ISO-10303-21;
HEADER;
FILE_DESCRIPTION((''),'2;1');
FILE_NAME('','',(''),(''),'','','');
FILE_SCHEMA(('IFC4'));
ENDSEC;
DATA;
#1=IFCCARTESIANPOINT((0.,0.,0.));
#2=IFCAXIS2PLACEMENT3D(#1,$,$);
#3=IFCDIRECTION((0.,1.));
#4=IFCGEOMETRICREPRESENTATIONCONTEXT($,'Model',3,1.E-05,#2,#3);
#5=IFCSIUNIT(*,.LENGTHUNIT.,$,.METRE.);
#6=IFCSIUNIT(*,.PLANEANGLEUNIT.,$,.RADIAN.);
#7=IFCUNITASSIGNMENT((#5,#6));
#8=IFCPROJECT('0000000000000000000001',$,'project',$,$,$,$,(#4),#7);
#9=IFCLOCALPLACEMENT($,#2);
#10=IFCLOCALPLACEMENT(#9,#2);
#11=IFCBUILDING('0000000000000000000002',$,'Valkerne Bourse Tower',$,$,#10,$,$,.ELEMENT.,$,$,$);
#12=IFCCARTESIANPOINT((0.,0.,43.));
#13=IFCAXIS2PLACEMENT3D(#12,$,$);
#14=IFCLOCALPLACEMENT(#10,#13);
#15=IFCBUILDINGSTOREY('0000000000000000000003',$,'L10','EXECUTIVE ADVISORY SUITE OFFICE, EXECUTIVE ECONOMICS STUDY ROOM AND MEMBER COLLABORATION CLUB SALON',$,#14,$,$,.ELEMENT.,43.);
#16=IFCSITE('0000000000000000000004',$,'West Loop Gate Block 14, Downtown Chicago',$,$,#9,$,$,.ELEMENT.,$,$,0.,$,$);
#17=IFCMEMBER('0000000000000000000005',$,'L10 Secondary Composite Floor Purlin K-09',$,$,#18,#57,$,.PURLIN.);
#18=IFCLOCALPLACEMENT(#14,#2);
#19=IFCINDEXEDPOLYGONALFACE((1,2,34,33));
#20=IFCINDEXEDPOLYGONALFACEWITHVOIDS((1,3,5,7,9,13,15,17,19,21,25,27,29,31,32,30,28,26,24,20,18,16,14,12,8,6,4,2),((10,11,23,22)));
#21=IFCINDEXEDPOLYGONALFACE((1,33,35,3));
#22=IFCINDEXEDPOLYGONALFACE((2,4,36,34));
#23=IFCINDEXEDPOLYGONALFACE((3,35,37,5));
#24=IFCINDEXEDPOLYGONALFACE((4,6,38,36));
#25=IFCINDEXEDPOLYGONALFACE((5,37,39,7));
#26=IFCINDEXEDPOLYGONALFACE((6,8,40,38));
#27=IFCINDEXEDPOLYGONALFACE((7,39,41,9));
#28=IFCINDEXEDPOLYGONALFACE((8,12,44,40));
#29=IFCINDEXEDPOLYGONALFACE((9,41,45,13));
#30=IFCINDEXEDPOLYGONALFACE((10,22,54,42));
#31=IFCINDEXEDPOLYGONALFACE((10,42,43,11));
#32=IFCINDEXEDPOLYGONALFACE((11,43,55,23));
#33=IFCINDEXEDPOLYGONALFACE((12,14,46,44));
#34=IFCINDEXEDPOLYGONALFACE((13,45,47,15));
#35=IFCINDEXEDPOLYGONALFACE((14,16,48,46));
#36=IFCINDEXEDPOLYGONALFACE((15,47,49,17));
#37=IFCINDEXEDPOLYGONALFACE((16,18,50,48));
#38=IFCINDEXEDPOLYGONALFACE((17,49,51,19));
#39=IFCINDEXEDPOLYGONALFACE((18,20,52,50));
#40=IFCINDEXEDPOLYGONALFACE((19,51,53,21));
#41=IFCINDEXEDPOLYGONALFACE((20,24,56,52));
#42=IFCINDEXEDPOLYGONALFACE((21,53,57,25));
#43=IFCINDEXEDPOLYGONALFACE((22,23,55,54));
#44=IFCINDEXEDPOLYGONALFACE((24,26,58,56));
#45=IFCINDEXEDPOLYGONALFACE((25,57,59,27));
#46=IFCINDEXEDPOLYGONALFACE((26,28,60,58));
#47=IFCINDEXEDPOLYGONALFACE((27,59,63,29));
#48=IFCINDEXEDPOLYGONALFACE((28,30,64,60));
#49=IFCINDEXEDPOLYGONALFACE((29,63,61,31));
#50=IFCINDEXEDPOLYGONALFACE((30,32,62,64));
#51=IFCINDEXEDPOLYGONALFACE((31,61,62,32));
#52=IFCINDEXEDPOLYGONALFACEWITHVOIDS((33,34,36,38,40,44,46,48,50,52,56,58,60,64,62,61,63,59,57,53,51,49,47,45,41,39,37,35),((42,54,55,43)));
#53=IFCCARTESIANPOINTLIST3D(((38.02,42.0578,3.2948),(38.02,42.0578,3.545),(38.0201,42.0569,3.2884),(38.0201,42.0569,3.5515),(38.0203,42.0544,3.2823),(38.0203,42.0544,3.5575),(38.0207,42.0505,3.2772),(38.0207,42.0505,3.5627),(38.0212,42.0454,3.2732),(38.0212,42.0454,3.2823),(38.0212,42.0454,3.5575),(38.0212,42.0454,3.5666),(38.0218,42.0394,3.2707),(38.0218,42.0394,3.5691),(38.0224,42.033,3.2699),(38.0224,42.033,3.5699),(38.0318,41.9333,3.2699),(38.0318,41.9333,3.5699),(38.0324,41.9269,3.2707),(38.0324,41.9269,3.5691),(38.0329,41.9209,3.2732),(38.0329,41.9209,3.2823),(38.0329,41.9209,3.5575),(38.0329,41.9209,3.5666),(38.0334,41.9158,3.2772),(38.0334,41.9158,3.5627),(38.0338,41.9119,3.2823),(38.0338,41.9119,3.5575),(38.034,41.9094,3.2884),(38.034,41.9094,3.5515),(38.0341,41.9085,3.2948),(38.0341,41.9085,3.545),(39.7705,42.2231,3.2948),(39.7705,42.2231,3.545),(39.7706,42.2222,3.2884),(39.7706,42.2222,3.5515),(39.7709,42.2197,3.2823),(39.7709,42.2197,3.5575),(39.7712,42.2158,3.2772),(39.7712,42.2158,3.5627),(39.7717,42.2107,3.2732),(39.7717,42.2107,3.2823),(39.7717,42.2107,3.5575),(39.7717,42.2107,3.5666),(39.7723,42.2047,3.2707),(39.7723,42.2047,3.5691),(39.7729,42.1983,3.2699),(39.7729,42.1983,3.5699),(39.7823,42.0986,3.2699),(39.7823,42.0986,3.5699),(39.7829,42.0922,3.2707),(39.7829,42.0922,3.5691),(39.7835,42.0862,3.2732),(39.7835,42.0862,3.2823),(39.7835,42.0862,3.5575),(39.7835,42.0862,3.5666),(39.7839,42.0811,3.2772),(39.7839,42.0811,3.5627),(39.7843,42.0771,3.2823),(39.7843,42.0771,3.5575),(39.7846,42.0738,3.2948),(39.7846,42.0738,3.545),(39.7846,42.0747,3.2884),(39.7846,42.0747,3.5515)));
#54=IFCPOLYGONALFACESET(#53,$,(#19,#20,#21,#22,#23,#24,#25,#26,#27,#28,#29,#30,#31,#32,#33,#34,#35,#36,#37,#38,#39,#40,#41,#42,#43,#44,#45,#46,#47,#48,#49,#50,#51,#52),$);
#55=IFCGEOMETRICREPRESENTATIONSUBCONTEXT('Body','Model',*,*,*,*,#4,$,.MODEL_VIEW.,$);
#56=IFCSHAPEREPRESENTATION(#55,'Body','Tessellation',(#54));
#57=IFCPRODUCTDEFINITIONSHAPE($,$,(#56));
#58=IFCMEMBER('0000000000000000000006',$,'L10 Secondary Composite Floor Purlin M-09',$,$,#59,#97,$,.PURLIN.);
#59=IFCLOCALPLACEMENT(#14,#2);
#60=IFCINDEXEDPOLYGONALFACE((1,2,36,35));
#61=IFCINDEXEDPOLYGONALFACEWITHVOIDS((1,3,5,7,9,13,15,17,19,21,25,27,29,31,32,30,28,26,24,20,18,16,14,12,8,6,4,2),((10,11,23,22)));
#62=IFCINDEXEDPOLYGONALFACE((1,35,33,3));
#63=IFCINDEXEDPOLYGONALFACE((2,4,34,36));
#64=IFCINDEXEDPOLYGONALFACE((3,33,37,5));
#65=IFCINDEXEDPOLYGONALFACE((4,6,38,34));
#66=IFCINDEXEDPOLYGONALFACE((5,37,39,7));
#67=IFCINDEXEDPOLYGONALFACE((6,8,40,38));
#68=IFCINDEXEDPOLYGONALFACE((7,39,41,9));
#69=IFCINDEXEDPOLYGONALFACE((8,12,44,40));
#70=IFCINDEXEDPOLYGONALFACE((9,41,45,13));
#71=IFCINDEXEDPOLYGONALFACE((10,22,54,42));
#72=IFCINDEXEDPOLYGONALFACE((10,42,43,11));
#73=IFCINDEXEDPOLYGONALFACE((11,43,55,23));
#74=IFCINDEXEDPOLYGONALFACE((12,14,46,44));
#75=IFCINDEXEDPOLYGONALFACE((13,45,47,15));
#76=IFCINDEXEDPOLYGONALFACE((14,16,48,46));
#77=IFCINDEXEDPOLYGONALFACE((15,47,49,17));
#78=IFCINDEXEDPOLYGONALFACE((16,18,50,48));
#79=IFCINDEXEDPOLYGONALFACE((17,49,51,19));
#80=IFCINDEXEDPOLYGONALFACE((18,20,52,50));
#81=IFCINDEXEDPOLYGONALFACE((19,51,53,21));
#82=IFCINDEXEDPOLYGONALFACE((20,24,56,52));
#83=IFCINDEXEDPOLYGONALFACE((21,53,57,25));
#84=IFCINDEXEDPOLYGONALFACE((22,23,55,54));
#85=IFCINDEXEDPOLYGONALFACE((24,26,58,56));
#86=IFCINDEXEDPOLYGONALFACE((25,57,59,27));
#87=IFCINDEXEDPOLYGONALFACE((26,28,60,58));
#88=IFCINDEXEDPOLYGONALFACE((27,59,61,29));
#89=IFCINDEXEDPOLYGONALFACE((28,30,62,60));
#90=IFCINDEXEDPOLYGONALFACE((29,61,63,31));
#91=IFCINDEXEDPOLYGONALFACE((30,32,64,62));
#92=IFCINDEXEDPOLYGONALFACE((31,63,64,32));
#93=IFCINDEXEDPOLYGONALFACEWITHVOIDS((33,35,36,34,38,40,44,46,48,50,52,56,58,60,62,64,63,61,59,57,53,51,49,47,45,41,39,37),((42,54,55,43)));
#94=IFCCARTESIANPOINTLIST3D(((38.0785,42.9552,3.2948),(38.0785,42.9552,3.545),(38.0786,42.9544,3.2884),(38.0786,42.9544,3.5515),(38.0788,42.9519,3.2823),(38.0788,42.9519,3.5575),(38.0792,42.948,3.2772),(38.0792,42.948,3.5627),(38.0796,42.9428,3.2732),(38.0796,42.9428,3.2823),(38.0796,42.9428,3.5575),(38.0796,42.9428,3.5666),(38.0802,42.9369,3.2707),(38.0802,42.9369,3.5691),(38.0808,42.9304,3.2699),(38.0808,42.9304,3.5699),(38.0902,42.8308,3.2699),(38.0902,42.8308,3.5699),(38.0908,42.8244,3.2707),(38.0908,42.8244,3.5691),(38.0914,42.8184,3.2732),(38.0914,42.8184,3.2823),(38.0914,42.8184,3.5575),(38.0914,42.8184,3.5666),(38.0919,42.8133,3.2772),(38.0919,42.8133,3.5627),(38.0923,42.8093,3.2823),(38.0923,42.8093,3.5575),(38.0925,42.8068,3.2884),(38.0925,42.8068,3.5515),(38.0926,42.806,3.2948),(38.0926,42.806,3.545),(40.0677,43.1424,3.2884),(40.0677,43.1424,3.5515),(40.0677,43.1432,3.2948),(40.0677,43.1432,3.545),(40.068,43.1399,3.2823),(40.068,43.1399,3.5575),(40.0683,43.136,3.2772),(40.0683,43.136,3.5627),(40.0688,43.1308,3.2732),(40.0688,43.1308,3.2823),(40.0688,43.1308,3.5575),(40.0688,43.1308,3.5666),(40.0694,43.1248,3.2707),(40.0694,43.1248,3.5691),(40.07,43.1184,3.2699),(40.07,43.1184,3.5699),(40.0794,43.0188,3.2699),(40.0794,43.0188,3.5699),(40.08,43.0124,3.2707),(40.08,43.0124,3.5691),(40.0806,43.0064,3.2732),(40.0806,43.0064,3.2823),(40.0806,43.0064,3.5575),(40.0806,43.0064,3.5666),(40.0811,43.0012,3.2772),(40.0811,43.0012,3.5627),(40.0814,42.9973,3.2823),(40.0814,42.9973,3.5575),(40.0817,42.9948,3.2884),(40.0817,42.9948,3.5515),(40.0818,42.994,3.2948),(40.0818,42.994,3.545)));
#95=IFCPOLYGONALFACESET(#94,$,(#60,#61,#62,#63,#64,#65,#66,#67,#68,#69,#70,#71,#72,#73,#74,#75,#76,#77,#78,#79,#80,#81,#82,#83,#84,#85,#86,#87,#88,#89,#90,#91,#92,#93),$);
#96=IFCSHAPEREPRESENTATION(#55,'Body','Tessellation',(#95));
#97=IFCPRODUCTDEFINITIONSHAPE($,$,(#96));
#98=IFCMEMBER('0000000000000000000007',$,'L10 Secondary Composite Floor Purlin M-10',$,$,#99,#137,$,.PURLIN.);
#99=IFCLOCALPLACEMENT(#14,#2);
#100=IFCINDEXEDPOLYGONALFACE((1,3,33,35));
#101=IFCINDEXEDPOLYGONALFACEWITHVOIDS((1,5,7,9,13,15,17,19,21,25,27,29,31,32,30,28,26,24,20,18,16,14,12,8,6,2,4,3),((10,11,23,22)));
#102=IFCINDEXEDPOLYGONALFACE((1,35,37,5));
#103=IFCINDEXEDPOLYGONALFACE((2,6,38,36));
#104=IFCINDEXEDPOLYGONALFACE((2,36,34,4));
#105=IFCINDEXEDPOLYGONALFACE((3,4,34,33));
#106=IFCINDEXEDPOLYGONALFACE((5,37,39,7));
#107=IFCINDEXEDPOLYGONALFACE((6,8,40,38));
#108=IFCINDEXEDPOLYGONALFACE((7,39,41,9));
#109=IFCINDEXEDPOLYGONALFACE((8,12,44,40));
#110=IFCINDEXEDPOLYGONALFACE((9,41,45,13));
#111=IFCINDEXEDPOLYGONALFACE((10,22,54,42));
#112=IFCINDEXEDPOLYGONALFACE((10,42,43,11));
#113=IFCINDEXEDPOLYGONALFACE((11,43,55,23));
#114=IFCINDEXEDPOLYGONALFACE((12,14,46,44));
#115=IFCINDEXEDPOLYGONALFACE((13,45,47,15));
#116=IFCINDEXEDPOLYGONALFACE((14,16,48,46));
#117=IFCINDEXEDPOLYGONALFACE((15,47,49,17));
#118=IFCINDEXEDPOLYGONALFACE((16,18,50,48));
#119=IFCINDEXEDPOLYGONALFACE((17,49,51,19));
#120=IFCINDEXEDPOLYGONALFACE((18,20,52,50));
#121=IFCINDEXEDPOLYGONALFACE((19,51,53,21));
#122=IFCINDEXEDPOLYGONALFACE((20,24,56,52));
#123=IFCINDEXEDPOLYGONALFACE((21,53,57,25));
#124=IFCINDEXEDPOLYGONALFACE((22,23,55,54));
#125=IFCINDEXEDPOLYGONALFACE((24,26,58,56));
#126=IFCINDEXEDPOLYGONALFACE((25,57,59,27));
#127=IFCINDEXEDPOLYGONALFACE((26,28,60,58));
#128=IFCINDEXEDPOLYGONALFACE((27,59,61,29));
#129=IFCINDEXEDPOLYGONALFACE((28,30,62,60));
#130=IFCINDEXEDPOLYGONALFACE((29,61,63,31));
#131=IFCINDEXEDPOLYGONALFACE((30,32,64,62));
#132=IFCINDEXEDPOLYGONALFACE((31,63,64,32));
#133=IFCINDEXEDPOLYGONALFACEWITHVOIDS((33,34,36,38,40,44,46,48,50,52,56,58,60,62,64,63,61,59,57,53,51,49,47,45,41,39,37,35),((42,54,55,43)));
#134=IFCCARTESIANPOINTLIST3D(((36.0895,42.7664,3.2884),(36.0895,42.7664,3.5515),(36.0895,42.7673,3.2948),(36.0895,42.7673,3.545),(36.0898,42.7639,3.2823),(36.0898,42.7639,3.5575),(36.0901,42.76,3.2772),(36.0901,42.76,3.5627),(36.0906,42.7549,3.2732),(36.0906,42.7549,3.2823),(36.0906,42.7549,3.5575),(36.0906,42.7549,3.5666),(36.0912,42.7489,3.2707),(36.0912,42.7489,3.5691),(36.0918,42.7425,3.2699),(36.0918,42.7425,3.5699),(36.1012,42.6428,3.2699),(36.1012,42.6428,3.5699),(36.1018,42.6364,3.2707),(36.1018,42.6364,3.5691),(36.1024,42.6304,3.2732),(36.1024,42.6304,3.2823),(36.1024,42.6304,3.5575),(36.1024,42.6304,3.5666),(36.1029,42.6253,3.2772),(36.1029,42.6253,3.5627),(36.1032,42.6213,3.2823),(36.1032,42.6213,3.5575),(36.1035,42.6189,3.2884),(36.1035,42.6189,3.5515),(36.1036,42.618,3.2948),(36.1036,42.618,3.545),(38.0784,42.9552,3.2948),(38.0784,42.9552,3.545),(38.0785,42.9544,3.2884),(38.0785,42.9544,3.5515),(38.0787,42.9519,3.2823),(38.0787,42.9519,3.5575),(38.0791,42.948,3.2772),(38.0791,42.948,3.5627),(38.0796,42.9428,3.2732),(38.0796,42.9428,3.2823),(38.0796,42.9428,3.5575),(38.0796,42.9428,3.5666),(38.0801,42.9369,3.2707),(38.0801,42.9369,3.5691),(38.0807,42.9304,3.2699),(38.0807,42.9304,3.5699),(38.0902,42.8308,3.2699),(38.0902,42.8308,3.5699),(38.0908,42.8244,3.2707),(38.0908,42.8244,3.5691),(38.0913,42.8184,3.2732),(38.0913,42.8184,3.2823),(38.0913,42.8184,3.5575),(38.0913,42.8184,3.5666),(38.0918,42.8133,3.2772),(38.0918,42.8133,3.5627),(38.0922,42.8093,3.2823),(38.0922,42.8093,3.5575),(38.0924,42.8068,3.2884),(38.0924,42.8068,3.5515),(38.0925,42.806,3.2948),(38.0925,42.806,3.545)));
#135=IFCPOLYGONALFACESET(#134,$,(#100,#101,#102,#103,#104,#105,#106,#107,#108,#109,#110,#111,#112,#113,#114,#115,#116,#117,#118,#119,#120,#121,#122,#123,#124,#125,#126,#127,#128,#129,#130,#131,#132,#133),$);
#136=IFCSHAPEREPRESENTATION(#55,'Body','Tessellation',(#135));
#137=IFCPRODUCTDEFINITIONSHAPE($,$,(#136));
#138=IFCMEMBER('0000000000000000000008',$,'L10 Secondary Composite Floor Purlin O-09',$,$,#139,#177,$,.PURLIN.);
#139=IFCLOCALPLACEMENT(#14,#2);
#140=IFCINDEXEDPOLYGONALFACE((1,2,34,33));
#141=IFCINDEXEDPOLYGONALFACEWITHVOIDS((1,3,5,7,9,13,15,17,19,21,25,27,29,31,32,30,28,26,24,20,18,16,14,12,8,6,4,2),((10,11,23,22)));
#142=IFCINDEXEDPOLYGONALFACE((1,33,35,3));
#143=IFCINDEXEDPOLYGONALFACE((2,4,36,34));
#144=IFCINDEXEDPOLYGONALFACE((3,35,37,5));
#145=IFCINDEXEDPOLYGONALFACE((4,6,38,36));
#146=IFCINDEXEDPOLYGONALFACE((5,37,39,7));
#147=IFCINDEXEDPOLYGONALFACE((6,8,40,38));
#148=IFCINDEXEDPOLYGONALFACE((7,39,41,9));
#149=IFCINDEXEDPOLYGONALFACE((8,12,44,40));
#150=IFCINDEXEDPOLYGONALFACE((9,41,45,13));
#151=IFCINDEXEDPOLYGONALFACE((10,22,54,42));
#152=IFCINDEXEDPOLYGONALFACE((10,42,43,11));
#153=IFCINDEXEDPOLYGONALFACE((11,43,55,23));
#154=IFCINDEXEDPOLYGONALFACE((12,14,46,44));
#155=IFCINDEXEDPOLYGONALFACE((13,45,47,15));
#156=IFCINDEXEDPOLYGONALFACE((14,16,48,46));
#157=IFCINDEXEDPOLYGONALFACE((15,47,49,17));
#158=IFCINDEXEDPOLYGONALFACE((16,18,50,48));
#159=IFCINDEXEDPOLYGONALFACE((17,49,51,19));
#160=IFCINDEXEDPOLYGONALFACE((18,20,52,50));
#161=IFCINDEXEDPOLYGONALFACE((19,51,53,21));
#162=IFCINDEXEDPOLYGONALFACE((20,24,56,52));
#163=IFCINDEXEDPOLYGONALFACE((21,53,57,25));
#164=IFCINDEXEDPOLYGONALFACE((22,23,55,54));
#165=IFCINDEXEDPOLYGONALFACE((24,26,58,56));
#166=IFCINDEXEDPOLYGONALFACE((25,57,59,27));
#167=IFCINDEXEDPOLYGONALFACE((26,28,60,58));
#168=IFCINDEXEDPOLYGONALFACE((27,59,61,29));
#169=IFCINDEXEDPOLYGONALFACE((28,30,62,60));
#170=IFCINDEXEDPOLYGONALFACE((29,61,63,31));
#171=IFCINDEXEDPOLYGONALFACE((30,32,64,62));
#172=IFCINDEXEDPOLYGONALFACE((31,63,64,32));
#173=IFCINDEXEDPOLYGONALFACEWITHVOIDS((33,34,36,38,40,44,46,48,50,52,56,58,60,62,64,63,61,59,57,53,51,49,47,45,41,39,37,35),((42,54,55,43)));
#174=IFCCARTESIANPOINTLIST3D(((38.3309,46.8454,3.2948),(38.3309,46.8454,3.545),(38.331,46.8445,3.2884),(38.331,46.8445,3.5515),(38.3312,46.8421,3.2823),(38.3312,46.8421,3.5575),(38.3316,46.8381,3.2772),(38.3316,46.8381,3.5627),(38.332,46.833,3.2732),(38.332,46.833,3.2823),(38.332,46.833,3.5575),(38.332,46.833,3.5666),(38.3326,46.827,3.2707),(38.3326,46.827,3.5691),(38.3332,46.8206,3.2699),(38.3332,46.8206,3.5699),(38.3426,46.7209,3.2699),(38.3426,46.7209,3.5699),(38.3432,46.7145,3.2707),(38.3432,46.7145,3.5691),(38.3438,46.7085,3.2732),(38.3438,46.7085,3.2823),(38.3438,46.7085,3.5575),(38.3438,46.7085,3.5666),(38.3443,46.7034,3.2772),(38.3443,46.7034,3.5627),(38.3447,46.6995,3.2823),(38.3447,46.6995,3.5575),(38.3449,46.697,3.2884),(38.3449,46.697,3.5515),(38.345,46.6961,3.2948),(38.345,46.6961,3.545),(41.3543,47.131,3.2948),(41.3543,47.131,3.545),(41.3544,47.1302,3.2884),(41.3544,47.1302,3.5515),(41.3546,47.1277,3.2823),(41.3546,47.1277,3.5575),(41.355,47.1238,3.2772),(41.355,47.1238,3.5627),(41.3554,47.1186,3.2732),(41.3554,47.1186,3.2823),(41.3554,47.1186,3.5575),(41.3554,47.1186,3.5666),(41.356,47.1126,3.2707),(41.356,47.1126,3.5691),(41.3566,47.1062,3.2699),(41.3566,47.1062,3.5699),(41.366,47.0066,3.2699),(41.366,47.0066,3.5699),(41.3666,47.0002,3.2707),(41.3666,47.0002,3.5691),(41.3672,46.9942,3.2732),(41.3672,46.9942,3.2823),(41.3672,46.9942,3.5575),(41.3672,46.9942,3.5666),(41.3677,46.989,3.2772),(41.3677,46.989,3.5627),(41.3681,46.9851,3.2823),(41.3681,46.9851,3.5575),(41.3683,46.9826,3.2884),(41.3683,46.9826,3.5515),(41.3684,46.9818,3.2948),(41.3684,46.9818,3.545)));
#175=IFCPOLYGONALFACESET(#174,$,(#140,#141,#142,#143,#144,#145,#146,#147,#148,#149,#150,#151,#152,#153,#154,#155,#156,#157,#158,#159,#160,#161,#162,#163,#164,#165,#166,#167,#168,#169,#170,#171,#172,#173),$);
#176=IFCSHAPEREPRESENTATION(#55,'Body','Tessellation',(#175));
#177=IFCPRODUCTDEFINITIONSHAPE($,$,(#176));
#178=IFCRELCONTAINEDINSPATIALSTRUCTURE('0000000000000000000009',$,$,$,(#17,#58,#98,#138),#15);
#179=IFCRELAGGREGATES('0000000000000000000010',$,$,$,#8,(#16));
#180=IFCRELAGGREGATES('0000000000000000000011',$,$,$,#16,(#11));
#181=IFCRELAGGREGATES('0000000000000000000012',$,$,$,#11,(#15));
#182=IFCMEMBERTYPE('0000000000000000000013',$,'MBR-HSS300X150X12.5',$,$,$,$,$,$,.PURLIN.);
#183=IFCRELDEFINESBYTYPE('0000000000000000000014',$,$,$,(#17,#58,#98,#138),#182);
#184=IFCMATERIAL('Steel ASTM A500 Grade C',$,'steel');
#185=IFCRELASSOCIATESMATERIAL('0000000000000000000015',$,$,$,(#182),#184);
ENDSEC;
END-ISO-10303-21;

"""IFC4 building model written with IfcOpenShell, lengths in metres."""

from ifc_helpers import new_model, si_unit, direction, frame, origin, origin_2d, place, context, subcontext, project, spatial, hollow_rectangle, extrude, material, material_profile, profile_set, type_object, element, save


model = new_model("IFC4")

# Units and contexts
model_context = context("Model", 3, precision=1e-05, world=origin(), true_north=direction((0.0, 1.0)))
body_context = subcontext(model_context, "Body", "Model", "MODEL_VIEW")
ifc_project = project(units=[si_unit("LENGTHUNIT", "METRE"), si_unit("PLANEANGLEUNIT", "RADIAN")], contexts=[model_context])

# Site, building, storey
site_placement = place(None, origin())
site = spatial("IfcSite", under=ifc_project, at=site_placement, Name="West Loop Gate Block 14, Downtown Chicago", CompositionType="ELEMENT", RefElevation=0.0)
building_placement = place(site_placement, origin())
building = spatial("IfcBuilding", under=site, at=building_placement, Name="Valkerne Bourse Tower", CompositionType="ELEMENT")
storey_placement = place(building_placement, frame((0.0, 0.0, 43.0)))
storey = spatial("IfcBuildingStorey", under=building, at=storey_placement, Name="L10", Description="EXECUTIVE ADVISORY SUITE OFFICE, EXECUTIVE ECONOMICS STUDY ROOM AND MEMBER COLLABORATION CLUB SALON", CompositionType="ELEMENT", Elevation=43.0)

# Members
ifc_material_1 = material(Name="Steel ASTM A500 Grade C", Category="steel")
ifc_material_profile_1 = material_profile(ifc_material_1, hollow_rectangle(XDim=0.1499, YDim=0.3, WallThickness=0.0125, OuterFilletRadius=0.0249, at=origin_2d()), Name="HSS300X150X12.5")
ifc_profile_set_1 = profile_set([ifc_material_profile_1], Name="Steel ASTM A500 Grade C")
member_type_1 = type_object("IfcMemberType", Name="MBR-HSS300X150X12.5", PredefinedType="PURLIN", material=ifc_profile_set_1)
member_1_placement = place(storey_placement, frame((39.7776, 42.1484, 3.4199), z_axis=(-0.995572, -0.094003, 0.0), x_axis=(0.094003, -0.995572, 0.0)))
element("IfcMember", 1, at=member_1_placement, inside=storey, type_object=member_type_1, Name="L10 Secondary Composite Floor Purlin K-09", PredefinedType="PURLIN", context=body_context, shape_type="SweptSolid", body=[
    extrude(hollow_rectangle(XDim=0.1499, YDim=0.3, WallThickness=0.0125, OuterFilletRadius=0.0249, at=origin_2d()), origin(), (0.0, 0.0, 1.0), 1.7583),
])
member_2_placement = place(storey_placement, frame((40.0747, 43.0686, 3.4199), z_axis=(-0.995564, -0.094083, 0.0), x_axis=(0.094083, -0.995564, 0.0)))
element("IfcMember", 2, at=member_2_placement, inside=storey, type_object=member_type_1, Name="L10 Secondary Composite Floor Purlin M-09", PredefinedType="PURLIN", context=body_context, shape_type="SweptSolid", body=[
    extrude(hollow_rectangle(XDim=0.1499, YDim=0.3, WallThickness=0.0125, OuterFilletRadius=0.0249, at=origin_2d()), origin(), (0.0, 0.0, 1.0), 1.998),
])
member_3_placement = place(storey_placement, frame((38.0854, 42.8806, 3.4199), z_axis=(-0.995563, -0.094094, 0.0), x_axis=(0.094094, -0.995563, 0.0)))
element("IfcMember", 3, at=member_3_placement, inside=storey, type_object=member_type_1, Name="L10 Secondary Composite Floor Purlin M-10", PredefinedType="PURLIN", context=body_context, shape_type="SweptSolid", body=[
    extrude(hollow_rectangle(XDim=0.1499, YDim=0.3, WallThickness=0.0125, OuterFilletRadius=0.0249, at=origin_2d()), origin(), (0.0, 0.0, 1.0), 1.9978),
])
for number, where, z_axis, x_axis, name in (
    (4, (41.3613, 47.0564, 3.4199), (-0.995567, -0.094058, 0.0), (0.094058, -0.995567, 0.0), "L10 Secondary Composite Floor Purlin O-09"),
):
    element("IfcMember", number, at=place(storey_placement, frame(where, z_axis=z_axis, x_axis=x_axis)), inside=storey, type_object=member_type_1, Name=name, PredefinedType="PURLIN", context=body_context, shape_type="SweptSolid", body=[
        extrude(hollow_rectangle(XDim=0.1499, YDim=0.3, WallThickness=0.0125, OuterFilletRadius=0.0249, at=origin_2d()), origin(), (0.0, 0.0, 1.0), 3.0369),
    ])

save(model, "model.ifc")
